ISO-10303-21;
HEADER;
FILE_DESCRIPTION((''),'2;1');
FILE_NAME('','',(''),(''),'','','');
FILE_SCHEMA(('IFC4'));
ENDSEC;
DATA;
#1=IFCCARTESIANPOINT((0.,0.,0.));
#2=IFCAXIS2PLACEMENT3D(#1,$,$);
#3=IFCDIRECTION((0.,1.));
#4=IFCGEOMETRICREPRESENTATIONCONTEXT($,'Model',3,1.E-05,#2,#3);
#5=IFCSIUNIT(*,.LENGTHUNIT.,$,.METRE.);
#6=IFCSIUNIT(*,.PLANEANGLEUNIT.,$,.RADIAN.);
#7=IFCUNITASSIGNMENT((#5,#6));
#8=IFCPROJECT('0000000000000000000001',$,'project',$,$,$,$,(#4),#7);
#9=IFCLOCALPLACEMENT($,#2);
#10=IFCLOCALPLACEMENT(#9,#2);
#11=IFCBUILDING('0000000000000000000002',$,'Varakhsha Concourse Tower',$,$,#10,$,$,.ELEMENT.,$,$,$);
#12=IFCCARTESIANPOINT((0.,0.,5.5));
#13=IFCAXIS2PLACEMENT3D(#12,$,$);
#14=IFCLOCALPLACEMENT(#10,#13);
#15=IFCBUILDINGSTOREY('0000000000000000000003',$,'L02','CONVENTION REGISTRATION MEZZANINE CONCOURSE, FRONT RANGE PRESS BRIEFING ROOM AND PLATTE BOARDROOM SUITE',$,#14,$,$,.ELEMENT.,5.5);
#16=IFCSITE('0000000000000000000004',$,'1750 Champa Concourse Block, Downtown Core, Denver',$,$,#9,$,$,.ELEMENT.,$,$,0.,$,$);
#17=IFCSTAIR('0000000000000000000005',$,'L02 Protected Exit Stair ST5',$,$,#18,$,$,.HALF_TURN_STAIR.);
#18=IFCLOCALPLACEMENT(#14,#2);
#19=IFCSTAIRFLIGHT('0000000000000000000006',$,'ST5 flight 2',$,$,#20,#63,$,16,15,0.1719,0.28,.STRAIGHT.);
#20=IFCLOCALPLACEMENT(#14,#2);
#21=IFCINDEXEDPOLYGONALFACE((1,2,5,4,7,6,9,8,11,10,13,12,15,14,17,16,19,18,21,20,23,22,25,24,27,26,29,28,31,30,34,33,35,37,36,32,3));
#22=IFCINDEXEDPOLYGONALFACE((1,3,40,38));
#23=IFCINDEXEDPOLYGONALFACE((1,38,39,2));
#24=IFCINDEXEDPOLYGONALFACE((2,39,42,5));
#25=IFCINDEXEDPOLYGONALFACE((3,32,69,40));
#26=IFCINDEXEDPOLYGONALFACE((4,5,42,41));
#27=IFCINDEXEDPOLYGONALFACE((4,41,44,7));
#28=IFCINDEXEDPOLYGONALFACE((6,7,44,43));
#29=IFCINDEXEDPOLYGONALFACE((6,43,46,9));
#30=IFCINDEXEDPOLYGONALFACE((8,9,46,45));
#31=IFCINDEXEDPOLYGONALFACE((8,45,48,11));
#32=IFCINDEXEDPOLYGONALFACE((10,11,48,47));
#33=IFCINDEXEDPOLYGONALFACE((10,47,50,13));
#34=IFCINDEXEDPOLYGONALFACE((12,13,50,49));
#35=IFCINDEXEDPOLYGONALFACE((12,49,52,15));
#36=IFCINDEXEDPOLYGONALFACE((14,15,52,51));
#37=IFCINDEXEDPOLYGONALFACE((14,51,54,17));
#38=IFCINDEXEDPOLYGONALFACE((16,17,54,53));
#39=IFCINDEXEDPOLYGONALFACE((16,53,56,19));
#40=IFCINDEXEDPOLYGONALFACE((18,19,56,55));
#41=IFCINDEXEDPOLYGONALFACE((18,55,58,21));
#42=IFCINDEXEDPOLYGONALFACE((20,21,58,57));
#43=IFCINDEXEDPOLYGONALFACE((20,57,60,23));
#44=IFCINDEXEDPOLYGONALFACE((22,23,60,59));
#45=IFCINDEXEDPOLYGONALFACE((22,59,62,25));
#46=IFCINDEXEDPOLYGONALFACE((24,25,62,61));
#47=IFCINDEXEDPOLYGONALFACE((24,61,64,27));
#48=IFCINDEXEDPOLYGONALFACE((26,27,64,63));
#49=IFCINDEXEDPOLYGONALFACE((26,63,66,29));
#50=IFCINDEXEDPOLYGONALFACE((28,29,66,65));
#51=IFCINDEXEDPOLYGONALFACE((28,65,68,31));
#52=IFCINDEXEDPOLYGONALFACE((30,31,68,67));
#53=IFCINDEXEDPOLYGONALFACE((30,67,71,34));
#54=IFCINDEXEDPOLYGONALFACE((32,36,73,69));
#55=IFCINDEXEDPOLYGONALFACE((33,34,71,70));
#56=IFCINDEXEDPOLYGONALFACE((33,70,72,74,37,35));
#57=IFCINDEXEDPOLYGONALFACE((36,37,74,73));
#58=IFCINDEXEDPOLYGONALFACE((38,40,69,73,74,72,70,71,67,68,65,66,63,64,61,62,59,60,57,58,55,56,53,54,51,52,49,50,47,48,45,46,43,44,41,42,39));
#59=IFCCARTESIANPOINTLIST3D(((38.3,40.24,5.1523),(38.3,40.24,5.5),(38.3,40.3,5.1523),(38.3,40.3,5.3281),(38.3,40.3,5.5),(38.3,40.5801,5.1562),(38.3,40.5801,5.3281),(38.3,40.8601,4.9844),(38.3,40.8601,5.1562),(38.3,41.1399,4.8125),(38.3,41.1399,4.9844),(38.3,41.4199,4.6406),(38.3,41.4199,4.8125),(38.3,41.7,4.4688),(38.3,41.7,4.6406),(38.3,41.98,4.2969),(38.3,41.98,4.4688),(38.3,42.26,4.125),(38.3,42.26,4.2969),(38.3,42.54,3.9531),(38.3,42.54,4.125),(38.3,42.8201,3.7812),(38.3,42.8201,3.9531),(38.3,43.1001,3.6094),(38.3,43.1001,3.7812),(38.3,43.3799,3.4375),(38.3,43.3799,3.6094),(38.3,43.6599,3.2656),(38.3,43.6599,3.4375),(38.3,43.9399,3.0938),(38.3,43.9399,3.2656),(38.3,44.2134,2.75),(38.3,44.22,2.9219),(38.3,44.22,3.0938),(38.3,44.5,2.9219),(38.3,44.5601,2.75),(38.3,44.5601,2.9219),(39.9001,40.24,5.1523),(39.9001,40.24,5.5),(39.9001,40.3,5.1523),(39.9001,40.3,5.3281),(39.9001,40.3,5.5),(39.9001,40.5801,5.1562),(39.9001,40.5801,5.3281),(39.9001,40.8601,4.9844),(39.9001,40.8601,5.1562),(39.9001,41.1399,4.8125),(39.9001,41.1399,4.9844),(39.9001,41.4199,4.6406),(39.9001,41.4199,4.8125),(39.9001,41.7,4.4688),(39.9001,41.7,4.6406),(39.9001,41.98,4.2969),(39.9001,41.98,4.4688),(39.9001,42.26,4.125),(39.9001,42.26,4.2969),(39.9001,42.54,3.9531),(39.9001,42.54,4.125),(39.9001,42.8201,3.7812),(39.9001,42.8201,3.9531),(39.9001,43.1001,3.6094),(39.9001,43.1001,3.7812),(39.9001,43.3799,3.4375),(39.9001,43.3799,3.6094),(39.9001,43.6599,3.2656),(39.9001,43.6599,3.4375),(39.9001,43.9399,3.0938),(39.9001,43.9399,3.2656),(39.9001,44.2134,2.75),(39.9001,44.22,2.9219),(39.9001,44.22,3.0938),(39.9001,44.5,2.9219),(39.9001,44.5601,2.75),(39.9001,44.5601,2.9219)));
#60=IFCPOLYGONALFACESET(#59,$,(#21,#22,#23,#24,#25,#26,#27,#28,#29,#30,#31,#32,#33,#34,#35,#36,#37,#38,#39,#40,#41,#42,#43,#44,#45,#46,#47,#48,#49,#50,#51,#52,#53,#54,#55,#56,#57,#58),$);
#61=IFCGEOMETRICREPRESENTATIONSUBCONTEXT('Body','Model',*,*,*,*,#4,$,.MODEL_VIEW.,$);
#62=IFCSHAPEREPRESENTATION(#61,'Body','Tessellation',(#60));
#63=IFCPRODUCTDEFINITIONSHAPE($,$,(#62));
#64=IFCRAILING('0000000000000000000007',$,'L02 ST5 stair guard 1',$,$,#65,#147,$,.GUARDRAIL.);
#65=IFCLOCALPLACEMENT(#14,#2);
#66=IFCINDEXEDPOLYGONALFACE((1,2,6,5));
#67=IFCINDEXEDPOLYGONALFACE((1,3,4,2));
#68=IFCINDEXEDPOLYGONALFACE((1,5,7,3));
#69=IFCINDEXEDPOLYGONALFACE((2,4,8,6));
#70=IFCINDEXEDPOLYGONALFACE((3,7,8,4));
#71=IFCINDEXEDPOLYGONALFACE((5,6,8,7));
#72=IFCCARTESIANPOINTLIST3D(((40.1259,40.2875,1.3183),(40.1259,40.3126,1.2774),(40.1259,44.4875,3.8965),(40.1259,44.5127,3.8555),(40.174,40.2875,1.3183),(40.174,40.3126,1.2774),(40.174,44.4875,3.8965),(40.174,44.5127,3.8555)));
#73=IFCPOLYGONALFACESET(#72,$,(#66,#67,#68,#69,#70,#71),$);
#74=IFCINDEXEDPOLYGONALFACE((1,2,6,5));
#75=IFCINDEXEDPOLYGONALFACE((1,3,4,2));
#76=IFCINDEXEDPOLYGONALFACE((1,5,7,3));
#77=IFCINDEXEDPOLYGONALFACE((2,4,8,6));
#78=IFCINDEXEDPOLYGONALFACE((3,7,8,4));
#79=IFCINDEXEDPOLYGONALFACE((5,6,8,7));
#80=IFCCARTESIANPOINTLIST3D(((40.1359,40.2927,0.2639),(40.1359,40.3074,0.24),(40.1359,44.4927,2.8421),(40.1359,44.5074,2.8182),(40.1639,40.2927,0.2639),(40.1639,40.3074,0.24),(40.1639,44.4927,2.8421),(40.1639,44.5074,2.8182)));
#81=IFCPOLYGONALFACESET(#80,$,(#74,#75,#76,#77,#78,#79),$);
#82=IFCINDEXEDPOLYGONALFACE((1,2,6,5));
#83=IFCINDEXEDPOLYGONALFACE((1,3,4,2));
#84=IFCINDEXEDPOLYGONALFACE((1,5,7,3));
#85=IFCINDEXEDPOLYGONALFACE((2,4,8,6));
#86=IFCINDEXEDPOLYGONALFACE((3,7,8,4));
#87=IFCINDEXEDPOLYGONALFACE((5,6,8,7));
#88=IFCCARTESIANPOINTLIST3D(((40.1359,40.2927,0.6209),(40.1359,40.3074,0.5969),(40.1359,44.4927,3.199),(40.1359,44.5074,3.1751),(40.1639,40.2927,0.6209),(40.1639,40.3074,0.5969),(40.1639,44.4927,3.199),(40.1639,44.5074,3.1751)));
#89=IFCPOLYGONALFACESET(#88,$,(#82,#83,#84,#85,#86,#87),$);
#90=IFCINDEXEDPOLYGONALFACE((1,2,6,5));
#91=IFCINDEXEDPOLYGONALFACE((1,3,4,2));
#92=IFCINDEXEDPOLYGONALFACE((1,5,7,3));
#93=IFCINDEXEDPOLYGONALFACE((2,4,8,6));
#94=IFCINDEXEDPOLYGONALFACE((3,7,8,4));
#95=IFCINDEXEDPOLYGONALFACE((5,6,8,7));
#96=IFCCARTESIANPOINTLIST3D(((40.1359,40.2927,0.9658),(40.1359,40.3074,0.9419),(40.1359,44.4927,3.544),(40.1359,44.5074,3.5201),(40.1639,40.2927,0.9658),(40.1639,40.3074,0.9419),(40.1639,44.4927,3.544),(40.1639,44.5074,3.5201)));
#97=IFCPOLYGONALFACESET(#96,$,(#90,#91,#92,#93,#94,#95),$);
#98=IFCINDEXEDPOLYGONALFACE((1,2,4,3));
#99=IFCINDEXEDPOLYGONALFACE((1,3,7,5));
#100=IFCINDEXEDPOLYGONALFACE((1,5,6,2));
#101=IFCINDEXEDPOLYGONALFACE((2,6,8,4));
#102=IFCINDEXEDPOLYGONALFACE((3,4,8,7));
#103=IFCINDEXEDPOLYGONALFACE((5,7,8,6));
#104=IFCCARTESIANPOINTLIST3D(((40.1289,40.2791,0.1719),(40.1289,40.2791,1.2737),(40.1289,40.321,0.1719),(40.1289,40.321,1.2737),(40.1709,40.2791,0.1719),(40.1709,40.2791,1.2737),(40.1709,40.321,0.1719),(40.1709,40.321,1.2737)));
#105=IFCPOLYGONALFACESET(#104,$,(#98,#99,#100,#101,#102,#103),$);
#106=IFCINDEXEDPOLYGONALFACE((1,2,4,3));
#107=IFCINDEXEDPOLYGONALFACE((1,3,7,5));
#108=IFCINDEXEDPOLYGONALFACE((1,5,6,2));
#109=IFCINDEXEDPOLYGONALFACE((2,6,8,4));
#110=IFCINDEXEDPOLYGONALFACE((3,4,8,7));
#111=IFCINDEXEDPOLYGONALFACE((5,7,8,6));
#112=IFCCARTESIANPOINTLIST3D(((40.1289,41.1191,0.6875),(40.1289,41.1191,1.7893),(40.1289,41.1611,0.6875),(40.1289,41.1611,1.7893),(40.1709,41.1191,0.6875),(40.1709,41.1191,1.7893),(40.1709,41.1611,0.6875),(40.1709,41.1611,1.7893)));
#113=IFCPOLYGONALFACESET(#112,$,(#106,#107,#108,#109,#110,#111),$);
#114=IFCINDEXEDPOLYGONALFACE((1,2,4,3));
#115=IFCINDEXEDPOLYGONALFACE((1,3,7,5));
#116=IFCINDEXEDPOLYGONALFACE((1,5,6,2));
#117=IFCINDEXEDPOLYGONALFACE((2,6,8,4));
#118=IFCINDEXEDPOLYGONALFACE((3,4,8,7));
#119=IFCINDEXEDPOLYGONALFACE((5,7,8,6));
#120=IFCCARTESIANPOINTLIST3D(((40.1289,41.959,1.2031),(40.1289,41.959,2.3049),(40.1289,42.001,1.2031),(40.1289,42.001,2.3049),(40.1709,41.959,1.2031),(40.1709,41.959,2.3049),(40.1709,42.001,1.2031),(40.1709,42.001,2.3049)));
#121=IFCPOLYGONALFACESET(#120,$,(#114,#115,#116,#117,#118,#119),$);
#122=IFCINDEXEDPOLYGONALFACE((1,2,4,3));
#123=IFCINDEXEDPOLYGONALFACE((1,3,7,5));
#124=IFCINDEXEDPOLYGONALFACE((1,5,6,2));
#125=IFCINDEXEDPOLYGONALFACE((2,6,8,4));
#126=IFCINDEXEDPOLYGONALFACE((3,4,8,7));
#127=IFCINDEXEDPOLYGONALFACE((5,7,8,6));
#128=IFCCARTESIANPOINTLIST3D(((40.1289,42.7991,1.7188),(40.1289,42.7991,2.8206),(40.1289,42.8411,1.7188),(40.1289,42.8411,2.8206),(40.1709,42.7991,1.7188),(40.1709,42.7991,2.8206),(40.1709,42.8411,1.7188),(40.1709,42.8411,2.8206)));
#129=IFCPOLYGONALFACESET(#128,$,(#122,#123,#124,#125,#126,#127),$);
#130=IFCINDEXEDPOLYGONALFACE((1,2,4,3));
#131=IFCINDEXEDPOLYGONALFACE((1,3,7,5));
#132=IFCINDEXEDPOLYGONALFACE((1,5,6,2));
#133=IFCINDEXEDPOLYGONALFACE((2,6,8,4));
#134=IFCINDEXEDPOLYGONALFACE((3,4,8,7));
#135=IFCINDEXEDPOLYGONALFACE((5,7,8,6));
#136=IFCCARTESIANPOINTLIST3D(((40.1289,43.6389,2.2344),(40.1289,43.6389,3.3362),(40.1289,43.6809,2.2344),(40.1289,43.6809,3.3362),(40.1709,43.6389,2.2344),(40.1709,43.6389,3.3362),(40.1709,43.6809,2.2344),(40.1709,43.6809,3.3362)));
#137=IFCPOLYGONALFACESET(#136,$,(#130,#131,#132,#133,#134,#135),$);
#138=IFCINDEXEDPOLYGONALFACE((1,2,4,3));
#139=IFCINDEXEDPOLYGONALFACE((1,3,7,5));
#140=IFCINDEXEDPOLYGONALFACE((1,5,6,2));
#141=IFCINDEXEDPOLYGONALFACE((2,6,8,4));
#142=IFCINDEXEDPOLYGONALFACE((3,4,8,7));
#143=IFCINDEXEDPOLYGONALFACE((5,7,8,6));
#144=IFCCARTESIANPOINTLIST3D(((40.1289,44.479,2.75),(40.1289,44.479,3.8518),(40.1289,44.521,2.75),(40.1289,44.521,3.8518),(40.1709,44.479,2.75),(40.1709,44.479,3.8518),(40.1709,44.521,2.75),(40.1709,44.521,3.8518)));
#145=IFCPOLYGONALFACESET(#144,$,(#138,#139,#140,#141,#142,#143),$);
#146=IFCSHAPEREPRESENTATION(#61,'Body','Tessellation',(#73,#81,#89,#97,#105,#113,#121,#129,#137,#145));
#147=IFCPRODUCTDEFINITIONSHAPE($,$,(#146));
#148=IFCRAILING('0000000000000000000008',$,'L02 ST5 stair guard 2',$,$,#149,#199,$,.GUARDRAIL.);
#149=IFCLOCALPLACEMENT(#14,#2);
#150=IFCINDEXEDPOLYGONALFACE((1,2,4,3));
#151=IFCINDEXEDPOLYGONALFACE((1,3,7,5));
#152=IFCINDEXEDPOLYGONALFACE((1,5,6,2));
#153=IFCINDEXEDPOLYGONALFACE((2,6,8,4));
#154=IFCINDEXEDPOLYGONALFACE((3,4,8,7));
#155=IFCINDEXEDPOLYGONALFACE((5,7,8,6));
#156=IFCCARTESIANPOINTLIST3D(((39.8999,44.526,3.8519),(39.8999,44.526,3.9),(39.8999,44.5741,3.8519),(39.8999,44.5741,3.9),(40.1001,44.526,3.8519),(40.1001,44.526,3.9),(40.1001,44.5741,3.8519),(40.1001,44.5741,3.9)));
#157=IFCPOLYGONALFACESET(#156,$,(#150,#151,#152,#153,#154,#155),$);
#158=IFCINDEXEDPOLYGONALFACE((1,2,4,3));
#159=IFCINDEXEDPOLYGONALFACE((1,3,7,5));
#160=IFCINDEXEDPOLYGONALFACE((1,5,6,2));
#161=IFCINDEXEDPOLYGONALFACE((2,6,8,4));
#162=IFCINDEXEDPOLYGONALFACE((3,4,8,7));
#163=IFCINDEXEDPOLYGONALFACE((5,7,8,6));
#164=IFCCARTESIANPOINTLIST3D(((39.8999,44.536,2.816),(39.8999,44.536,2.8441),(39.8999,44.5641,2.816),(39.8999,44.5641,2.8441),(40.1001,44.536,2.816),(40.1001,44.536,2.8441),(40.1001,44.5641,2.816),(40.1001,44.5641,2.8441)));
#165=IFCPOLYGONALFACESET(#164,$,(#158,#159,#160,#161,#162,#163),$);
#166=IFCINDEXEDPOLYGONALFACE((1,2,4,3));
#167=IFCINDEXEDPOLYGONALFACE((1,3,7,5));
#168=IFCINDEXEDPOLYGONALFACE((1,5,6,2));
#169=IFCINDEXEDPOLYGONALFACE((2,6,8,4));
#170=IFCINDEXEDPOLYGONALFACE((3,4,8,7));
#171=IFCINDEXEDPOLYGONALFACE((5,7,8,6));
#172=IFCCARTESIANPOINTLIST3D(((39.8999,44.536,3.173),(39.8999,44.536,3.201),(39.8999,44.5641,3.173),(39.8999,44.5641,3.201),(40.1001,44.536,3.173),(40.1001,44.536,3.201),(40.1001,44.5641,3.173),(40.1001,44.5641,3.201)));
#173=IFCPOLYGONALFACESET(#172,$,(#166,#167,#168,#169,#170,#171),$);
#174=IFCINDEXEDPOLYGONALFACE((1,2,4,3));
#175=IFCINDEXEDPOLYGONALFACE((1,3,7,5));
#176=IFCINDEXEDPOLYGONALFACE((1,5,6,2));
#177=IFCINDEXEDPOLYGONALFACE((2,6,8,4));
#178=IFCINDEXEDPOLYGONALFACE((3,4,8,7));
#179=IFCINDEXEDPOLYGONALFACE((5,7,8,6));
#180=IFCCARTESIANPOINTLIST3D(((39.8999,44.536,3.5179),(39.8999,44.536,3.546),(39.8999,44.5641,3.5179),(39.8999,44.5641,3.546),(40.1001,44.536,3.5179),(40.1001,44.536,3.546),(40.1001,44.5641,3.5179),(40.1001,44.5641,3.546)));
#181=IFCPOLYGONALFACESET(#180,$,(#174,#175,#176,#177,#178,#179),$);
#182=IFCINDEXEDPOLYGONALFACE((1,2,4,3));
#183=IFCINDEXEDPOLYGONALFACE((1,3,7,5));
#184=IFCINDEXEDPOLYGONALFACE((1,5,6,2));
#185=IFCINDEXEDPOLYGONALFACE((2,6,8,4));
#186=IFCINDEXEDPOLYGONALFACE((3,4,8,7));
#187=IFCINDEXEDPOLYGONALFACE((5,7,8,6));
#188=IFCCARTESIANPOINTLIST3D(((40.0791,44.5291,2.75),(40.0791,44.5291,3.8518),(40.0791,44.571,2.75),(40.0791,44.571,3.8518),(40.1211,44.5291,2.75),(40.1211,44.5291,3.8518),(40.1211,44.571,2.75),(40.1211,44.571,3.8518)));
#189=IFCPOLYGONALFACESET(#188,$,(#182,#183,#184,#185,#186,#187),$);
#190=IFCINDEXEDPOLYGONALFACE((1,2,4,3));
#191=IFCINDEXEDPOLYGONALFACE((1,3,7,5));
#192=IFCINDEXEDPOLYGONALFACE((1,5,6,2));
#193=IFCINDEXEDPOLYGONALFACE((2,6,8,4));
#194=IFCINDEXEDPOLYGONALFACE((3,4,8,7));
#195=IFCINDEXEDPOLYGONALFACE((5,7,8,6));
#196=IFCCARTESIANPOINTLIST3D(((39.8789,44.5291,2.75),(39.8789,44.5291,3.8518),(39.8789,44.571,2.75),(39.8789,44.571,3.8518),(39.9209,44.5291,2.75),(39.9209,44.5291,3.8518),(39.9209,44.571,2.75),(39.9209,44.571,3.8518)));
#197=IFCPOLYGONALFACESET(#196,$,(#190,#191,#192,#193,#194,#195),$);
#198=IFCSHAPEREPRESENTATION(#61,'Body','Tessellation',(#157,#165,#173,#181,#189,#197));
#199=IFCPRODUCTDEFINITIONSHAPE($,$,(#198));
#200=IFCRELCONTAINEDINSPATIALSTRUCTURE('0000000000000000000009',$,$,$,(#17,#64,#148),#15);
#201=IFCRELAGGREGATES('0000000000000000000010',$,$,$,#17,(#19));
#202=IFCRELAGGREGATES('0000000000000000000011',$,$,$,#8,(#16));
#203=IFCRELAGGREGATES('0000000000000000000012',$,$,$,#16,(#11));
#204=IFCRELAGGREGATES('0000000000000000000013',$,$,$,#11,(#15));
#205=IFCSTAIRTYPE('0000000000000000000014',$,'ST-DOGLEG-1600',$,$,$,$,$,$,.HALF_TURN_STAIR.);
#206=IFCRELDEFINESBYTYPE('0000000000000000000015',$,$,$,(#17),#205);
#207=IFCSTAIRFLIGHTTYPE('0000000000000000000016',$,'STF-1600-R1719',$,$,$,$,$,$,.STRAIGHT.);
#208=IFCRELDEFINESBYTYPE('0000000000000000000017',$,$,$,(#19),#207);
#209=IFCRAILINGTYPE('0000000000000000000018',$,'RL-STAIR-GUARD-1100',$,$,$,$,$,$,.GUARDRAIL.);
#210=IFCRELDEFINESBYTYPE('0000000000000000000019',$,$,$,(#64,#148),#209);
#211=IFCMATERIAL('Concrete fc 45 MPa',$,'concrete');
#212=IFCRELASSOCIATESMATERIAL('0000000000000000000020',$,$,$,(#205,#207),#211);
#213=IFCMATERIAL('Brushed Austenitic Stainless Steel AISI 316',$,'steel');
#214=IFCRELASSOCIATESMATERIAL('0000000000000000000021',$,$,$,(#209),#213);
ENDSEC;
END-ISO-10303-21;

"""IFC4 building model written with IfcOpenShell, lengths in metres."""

from ifc_helpers import new_model, si_unit, direction, frame, origin, origin_2d, place, context, subcontext, project, spatial, polyline, rectangle, outline, extrude, material, type_object, element, aggregate, save


model = new_model("IFC4")

# Units and contexts
model_context = context("Model", 3, precision=1e-05, world=origin(), true_north=direction((0.0, 1.0)))
body_context = subcontext(model_context, "Body", "Model", "MODEL_VIEW")
ifc_project = project(units=[si_unit("LENGTHUNIT", "METRE"), si_unit("PLANEANGLEUNIT", "RADIAN")], contexts=[model_context])

# Site, building, storey
site_placement = place(None, origin())
site = spatial("IfcSite", under=ifc_project, at=site_placement, Name="1750 Champa Concourse Block, Downtown Core, Denver", CompositionType="ELEMENT", RefElevation=0.0)
building_placement = place(site_placement, origin())
building = spatial("IfcBuilding", under=site, at=building_placement, Name="Varakhsha Concourse Tower", CompositionType="ELEMENT")
storey_placement = place(building_placement, frame((0.0, 0.0, 5.5)))
storey = spatial("IfcBuildingStorey", under=building, at=storey_placement, Name="L02", Description="CONVENTION REGISTRATION MEZZANINE CONCOURSE, FRONT RANGE PRESS BRIEFING ROOM AND PLATTE BOARDROOM SUITE", CompositionType="ELEMENT", Elevation=5.5)

# Shared definitions
ifc_material_1 = material(Name="Concrete fc 45 MPa", Category="concrete")

# Stair, stair flight
stair_type = type_object("IfcStairType", Name="ST-DOGLEG-1600", PredefinedType="HALF_TURN_STAIR", material=ifc_material_1)
stair_placement = place(storey_placement, origin())
stair = element("IfcStair", 1, at=stair_placement, inside=storey, type_object=stair_type, Name="L02 Protected Exit Stair ST5", PredefinedType="HALF_TURN_STAIR")
stair_flight_type = type_object("IfcStairFlightType", Name="STF-1600-R1719", PredefinedType="STRAIGHT", material=ifc_material_1)
stair_flight_1_placement = place(storey_placement, frame((39.1001, 44.5, 2.75), z_axis=(0.0, 0.0, 1.0), x_axis=(0.0, -1.0, 0.0)))
stair_flight_1 = element("IfcStairFlight", 2, at=stair_flight_1_placement, type_object=stair_flight_type, Name="ST5 flight 2", NumberOfRisers=16, NumberOfTreads=15, PredefinedType="STRAIGHT", RiserHeight=0.1719, TreadLength=0.28, context=body_context, shape_type="SweptSolid", body=[
    extrude(outline(polyline([(-0.0601, 0.0), (-0.0601, 0.1719), (0.0, 0.1719), (0.28, 0.1719), (0.28, 0.3438), (0.5601, 0.3438), (0.5601, 0.5156), (0.8401, 0.5156), (0.8401, 0.6875), (1.1201, 0.6875), (1.1201, 0.8594), (1.3999, 0.8594), (1.3999, 1.0312), (1.6799, 1.0312), (1.6799, 1.2031), (1.96, 1.2031), (1.96, 1.375), (2.24, 1.375), (2.24, 1.5469), (2.52, 1.5469), (2.52, 1.7188), (2.8, 1.7188), (2.8, 1.8906), (3.0801, 1.8906), (3.0801, 2.0625), (3.3601, 2.0625), (3.3601, 2.2344), (3.6399, 2.2344), (3.6399, 2.4062), (3.9199, 2.4062), (3.9199, 2.5781), (4.2, 2.5781), (4.2, 2.75), (4.26, 2.75), (4.26, 2.4023), (4.2, 2.4023), (0.2866, 0.0), (-0.0601, 0.0)])), frame((0.0, 0.8, 0.0), z_axis=(0.0, -1.0, 0.0), x_axis=(1.0, 0.0, 0.0)), (0.0, 0.0, 1.0), 1.6001),
])
aggregate(stair, [stair_flight_1])

# Railings
ifc_material_2 = material(Name="Brushed Austenitic Stainless Steel AISI 316", Category="steel")
railing_type_1 = type_object("IfcRailingType", Name="RL-STAIR-GUARD-1100", PredefinedType="GUARDRAIL", material=ifc_material_2)
railing_1_placement = place(storey_placement, frame((40.1499, 40.3, 0.1719)))
element("IfcRailing", 3, at=railing_1_placement, inside=storey, type_object=railing_type_1, Name="L02 ST5 stair guard 1", PredefinedType="GUARDRAIL", context=body_context, shape_type="SweptSolid", body=[
    extrude(rectangle(XDim=0.0481, YDim=0.0481, at=origin_2d()), frame((0.0, 0.0, 1.126), z_axis=(0.0, 0.852243, 0.523146), x_axis=(-1.0, 0.0, 0.0)), (0.0, 0.0, 1.0), 4.9282),
    extrude(rectangle(XDim=0.0281, YDim=0.0281, at=origin_2d()), frame((0.0, 0.0, 0.0801), z_axis=(0.0, 0.852243, 0.523146), x_axis=(-1.0, 0.0, 0.0)), (0.0, 0.0, 1.0), 4.9282),
    extrude(rectangle(XDim=0.0281, YDim=0.0281, at=origin_2d()), frame((0.0, 0.0, 0.437), z_axis=(0.0, 0.852243, 0.523146), x_axis=(-1.0, 0.0, 0.0)), (0.0, 0.0, 1.0), 4.9282),
    extrude(rectangle(XDim=0.0281, YDim=0.0281, at=origin_2d()), frame((0.0, 0.0, 0.782), z_axis=(0.0, 0.852243, 0.523146), x_axis=(-1.0, 0.0, 0.0)), (0.0, 0.0, 1.0), 4.9282),
    extrude(rectangle(XDim=0.042, YDim=0.042, at=origin_2d()), origin(), (0.0, 0.0, 1.0), 1.1018),
    extrude(rectangle(XDim=0.042, YDim=0.042, at=origin_2d()), frame((0.0, 0.8401, 0.5156)), (0.0, 0.0, 1.0), 1.1018),
    extrude(rectangle(XDim=0.042, YDim=0.042, at=origin_2d()), frame((0.0, 1.6799, 1.0312)), (0.0, 0.0, 1.0), 1.1018),
    extrude(rectangle(XDim=0.042, YDim=0.042, at=origin_2d()), frame((0.0, 2.52, 1.5469)), (0.0, 0.0, 1.0), 1.1018),
    extrude(rectangle(XDim=0.042, YDim=0.042, at=origin_2d()), frame((0.0, 3.3599, 2.0625)), (0.0, 0.0, 1.0), 1.1018),
    extrude(rectangle(XDim=0.042, YDim=0.042, at=origin_2d()), frame((0.0, 4.2, 2.5781)), (0.0, 0.0, 1.0), 1.1018),
])
railing_2_placement = place(storey_placement, frame((40.1001, 44.55, 2.75)))
element("IfcRailing", 4, at=railing_2_placement, inside=storey, type_object=railing_type_1, Name="L02 ST5 stair guard 2", PredefinedType="GUARDRAIL", context=body_context, shape_type="SweptSolid", body=[
    extrude(rectangle(XDim=0.0481, YDim=0.0481, at=origin_2d()), frame((0.0, 0.0, 1.126), z_axis=(-1.0, 0.0, 0.0), x_axis=(0.0, -1.0, 0.0)), (0.0, 0.0, 1.0), 0.2002),
    extrude(rectangle(XDim=0.0281, YDim=0.0281, at=origin_2d()), frame((0.0, 0.0, 0.0801), z_axis=(-1.0, 0.0, 0.0), x_axis=(0.0, -1.0, 0.0)), (0.0, 0.0, 1.0), 0.2002),
    extrude(rectangle(XDim=0.0281, YDim=0.0281, at=origin_2d()), frame((0.0, 0.0, 0.437), z_axis=(-1.0, 0.0, 0.0), x_axis=(0.0, -1.0, 0.0)), (0.0, 0.0, 1.0), 0.2002),
    extrude(rectangle(XDim=0.0281, YDim=0.0281, at=origin_2d()), frame((0.0, 0.0, 0.782), z_axis=(-1.0, 0.0, 0.0), x_axis=(0.0, -1.0, 0.0)), (0.0, 0.0, 1.0), 0.2002),
    extrude(rectangle(XDim=0.042, YDim=0.042, at=origin_2d()), origin(), (0.0, 0.0, 1.0), 1.1018),
    extrude(rectangle(XDim=0.042, YDim=0.042, at=origin_2d()), frame((-0.2002, 0.0, 0.0)), (0.0, 0.0, 1.0), 1.1018),
])

save(model, "model.ifc")
